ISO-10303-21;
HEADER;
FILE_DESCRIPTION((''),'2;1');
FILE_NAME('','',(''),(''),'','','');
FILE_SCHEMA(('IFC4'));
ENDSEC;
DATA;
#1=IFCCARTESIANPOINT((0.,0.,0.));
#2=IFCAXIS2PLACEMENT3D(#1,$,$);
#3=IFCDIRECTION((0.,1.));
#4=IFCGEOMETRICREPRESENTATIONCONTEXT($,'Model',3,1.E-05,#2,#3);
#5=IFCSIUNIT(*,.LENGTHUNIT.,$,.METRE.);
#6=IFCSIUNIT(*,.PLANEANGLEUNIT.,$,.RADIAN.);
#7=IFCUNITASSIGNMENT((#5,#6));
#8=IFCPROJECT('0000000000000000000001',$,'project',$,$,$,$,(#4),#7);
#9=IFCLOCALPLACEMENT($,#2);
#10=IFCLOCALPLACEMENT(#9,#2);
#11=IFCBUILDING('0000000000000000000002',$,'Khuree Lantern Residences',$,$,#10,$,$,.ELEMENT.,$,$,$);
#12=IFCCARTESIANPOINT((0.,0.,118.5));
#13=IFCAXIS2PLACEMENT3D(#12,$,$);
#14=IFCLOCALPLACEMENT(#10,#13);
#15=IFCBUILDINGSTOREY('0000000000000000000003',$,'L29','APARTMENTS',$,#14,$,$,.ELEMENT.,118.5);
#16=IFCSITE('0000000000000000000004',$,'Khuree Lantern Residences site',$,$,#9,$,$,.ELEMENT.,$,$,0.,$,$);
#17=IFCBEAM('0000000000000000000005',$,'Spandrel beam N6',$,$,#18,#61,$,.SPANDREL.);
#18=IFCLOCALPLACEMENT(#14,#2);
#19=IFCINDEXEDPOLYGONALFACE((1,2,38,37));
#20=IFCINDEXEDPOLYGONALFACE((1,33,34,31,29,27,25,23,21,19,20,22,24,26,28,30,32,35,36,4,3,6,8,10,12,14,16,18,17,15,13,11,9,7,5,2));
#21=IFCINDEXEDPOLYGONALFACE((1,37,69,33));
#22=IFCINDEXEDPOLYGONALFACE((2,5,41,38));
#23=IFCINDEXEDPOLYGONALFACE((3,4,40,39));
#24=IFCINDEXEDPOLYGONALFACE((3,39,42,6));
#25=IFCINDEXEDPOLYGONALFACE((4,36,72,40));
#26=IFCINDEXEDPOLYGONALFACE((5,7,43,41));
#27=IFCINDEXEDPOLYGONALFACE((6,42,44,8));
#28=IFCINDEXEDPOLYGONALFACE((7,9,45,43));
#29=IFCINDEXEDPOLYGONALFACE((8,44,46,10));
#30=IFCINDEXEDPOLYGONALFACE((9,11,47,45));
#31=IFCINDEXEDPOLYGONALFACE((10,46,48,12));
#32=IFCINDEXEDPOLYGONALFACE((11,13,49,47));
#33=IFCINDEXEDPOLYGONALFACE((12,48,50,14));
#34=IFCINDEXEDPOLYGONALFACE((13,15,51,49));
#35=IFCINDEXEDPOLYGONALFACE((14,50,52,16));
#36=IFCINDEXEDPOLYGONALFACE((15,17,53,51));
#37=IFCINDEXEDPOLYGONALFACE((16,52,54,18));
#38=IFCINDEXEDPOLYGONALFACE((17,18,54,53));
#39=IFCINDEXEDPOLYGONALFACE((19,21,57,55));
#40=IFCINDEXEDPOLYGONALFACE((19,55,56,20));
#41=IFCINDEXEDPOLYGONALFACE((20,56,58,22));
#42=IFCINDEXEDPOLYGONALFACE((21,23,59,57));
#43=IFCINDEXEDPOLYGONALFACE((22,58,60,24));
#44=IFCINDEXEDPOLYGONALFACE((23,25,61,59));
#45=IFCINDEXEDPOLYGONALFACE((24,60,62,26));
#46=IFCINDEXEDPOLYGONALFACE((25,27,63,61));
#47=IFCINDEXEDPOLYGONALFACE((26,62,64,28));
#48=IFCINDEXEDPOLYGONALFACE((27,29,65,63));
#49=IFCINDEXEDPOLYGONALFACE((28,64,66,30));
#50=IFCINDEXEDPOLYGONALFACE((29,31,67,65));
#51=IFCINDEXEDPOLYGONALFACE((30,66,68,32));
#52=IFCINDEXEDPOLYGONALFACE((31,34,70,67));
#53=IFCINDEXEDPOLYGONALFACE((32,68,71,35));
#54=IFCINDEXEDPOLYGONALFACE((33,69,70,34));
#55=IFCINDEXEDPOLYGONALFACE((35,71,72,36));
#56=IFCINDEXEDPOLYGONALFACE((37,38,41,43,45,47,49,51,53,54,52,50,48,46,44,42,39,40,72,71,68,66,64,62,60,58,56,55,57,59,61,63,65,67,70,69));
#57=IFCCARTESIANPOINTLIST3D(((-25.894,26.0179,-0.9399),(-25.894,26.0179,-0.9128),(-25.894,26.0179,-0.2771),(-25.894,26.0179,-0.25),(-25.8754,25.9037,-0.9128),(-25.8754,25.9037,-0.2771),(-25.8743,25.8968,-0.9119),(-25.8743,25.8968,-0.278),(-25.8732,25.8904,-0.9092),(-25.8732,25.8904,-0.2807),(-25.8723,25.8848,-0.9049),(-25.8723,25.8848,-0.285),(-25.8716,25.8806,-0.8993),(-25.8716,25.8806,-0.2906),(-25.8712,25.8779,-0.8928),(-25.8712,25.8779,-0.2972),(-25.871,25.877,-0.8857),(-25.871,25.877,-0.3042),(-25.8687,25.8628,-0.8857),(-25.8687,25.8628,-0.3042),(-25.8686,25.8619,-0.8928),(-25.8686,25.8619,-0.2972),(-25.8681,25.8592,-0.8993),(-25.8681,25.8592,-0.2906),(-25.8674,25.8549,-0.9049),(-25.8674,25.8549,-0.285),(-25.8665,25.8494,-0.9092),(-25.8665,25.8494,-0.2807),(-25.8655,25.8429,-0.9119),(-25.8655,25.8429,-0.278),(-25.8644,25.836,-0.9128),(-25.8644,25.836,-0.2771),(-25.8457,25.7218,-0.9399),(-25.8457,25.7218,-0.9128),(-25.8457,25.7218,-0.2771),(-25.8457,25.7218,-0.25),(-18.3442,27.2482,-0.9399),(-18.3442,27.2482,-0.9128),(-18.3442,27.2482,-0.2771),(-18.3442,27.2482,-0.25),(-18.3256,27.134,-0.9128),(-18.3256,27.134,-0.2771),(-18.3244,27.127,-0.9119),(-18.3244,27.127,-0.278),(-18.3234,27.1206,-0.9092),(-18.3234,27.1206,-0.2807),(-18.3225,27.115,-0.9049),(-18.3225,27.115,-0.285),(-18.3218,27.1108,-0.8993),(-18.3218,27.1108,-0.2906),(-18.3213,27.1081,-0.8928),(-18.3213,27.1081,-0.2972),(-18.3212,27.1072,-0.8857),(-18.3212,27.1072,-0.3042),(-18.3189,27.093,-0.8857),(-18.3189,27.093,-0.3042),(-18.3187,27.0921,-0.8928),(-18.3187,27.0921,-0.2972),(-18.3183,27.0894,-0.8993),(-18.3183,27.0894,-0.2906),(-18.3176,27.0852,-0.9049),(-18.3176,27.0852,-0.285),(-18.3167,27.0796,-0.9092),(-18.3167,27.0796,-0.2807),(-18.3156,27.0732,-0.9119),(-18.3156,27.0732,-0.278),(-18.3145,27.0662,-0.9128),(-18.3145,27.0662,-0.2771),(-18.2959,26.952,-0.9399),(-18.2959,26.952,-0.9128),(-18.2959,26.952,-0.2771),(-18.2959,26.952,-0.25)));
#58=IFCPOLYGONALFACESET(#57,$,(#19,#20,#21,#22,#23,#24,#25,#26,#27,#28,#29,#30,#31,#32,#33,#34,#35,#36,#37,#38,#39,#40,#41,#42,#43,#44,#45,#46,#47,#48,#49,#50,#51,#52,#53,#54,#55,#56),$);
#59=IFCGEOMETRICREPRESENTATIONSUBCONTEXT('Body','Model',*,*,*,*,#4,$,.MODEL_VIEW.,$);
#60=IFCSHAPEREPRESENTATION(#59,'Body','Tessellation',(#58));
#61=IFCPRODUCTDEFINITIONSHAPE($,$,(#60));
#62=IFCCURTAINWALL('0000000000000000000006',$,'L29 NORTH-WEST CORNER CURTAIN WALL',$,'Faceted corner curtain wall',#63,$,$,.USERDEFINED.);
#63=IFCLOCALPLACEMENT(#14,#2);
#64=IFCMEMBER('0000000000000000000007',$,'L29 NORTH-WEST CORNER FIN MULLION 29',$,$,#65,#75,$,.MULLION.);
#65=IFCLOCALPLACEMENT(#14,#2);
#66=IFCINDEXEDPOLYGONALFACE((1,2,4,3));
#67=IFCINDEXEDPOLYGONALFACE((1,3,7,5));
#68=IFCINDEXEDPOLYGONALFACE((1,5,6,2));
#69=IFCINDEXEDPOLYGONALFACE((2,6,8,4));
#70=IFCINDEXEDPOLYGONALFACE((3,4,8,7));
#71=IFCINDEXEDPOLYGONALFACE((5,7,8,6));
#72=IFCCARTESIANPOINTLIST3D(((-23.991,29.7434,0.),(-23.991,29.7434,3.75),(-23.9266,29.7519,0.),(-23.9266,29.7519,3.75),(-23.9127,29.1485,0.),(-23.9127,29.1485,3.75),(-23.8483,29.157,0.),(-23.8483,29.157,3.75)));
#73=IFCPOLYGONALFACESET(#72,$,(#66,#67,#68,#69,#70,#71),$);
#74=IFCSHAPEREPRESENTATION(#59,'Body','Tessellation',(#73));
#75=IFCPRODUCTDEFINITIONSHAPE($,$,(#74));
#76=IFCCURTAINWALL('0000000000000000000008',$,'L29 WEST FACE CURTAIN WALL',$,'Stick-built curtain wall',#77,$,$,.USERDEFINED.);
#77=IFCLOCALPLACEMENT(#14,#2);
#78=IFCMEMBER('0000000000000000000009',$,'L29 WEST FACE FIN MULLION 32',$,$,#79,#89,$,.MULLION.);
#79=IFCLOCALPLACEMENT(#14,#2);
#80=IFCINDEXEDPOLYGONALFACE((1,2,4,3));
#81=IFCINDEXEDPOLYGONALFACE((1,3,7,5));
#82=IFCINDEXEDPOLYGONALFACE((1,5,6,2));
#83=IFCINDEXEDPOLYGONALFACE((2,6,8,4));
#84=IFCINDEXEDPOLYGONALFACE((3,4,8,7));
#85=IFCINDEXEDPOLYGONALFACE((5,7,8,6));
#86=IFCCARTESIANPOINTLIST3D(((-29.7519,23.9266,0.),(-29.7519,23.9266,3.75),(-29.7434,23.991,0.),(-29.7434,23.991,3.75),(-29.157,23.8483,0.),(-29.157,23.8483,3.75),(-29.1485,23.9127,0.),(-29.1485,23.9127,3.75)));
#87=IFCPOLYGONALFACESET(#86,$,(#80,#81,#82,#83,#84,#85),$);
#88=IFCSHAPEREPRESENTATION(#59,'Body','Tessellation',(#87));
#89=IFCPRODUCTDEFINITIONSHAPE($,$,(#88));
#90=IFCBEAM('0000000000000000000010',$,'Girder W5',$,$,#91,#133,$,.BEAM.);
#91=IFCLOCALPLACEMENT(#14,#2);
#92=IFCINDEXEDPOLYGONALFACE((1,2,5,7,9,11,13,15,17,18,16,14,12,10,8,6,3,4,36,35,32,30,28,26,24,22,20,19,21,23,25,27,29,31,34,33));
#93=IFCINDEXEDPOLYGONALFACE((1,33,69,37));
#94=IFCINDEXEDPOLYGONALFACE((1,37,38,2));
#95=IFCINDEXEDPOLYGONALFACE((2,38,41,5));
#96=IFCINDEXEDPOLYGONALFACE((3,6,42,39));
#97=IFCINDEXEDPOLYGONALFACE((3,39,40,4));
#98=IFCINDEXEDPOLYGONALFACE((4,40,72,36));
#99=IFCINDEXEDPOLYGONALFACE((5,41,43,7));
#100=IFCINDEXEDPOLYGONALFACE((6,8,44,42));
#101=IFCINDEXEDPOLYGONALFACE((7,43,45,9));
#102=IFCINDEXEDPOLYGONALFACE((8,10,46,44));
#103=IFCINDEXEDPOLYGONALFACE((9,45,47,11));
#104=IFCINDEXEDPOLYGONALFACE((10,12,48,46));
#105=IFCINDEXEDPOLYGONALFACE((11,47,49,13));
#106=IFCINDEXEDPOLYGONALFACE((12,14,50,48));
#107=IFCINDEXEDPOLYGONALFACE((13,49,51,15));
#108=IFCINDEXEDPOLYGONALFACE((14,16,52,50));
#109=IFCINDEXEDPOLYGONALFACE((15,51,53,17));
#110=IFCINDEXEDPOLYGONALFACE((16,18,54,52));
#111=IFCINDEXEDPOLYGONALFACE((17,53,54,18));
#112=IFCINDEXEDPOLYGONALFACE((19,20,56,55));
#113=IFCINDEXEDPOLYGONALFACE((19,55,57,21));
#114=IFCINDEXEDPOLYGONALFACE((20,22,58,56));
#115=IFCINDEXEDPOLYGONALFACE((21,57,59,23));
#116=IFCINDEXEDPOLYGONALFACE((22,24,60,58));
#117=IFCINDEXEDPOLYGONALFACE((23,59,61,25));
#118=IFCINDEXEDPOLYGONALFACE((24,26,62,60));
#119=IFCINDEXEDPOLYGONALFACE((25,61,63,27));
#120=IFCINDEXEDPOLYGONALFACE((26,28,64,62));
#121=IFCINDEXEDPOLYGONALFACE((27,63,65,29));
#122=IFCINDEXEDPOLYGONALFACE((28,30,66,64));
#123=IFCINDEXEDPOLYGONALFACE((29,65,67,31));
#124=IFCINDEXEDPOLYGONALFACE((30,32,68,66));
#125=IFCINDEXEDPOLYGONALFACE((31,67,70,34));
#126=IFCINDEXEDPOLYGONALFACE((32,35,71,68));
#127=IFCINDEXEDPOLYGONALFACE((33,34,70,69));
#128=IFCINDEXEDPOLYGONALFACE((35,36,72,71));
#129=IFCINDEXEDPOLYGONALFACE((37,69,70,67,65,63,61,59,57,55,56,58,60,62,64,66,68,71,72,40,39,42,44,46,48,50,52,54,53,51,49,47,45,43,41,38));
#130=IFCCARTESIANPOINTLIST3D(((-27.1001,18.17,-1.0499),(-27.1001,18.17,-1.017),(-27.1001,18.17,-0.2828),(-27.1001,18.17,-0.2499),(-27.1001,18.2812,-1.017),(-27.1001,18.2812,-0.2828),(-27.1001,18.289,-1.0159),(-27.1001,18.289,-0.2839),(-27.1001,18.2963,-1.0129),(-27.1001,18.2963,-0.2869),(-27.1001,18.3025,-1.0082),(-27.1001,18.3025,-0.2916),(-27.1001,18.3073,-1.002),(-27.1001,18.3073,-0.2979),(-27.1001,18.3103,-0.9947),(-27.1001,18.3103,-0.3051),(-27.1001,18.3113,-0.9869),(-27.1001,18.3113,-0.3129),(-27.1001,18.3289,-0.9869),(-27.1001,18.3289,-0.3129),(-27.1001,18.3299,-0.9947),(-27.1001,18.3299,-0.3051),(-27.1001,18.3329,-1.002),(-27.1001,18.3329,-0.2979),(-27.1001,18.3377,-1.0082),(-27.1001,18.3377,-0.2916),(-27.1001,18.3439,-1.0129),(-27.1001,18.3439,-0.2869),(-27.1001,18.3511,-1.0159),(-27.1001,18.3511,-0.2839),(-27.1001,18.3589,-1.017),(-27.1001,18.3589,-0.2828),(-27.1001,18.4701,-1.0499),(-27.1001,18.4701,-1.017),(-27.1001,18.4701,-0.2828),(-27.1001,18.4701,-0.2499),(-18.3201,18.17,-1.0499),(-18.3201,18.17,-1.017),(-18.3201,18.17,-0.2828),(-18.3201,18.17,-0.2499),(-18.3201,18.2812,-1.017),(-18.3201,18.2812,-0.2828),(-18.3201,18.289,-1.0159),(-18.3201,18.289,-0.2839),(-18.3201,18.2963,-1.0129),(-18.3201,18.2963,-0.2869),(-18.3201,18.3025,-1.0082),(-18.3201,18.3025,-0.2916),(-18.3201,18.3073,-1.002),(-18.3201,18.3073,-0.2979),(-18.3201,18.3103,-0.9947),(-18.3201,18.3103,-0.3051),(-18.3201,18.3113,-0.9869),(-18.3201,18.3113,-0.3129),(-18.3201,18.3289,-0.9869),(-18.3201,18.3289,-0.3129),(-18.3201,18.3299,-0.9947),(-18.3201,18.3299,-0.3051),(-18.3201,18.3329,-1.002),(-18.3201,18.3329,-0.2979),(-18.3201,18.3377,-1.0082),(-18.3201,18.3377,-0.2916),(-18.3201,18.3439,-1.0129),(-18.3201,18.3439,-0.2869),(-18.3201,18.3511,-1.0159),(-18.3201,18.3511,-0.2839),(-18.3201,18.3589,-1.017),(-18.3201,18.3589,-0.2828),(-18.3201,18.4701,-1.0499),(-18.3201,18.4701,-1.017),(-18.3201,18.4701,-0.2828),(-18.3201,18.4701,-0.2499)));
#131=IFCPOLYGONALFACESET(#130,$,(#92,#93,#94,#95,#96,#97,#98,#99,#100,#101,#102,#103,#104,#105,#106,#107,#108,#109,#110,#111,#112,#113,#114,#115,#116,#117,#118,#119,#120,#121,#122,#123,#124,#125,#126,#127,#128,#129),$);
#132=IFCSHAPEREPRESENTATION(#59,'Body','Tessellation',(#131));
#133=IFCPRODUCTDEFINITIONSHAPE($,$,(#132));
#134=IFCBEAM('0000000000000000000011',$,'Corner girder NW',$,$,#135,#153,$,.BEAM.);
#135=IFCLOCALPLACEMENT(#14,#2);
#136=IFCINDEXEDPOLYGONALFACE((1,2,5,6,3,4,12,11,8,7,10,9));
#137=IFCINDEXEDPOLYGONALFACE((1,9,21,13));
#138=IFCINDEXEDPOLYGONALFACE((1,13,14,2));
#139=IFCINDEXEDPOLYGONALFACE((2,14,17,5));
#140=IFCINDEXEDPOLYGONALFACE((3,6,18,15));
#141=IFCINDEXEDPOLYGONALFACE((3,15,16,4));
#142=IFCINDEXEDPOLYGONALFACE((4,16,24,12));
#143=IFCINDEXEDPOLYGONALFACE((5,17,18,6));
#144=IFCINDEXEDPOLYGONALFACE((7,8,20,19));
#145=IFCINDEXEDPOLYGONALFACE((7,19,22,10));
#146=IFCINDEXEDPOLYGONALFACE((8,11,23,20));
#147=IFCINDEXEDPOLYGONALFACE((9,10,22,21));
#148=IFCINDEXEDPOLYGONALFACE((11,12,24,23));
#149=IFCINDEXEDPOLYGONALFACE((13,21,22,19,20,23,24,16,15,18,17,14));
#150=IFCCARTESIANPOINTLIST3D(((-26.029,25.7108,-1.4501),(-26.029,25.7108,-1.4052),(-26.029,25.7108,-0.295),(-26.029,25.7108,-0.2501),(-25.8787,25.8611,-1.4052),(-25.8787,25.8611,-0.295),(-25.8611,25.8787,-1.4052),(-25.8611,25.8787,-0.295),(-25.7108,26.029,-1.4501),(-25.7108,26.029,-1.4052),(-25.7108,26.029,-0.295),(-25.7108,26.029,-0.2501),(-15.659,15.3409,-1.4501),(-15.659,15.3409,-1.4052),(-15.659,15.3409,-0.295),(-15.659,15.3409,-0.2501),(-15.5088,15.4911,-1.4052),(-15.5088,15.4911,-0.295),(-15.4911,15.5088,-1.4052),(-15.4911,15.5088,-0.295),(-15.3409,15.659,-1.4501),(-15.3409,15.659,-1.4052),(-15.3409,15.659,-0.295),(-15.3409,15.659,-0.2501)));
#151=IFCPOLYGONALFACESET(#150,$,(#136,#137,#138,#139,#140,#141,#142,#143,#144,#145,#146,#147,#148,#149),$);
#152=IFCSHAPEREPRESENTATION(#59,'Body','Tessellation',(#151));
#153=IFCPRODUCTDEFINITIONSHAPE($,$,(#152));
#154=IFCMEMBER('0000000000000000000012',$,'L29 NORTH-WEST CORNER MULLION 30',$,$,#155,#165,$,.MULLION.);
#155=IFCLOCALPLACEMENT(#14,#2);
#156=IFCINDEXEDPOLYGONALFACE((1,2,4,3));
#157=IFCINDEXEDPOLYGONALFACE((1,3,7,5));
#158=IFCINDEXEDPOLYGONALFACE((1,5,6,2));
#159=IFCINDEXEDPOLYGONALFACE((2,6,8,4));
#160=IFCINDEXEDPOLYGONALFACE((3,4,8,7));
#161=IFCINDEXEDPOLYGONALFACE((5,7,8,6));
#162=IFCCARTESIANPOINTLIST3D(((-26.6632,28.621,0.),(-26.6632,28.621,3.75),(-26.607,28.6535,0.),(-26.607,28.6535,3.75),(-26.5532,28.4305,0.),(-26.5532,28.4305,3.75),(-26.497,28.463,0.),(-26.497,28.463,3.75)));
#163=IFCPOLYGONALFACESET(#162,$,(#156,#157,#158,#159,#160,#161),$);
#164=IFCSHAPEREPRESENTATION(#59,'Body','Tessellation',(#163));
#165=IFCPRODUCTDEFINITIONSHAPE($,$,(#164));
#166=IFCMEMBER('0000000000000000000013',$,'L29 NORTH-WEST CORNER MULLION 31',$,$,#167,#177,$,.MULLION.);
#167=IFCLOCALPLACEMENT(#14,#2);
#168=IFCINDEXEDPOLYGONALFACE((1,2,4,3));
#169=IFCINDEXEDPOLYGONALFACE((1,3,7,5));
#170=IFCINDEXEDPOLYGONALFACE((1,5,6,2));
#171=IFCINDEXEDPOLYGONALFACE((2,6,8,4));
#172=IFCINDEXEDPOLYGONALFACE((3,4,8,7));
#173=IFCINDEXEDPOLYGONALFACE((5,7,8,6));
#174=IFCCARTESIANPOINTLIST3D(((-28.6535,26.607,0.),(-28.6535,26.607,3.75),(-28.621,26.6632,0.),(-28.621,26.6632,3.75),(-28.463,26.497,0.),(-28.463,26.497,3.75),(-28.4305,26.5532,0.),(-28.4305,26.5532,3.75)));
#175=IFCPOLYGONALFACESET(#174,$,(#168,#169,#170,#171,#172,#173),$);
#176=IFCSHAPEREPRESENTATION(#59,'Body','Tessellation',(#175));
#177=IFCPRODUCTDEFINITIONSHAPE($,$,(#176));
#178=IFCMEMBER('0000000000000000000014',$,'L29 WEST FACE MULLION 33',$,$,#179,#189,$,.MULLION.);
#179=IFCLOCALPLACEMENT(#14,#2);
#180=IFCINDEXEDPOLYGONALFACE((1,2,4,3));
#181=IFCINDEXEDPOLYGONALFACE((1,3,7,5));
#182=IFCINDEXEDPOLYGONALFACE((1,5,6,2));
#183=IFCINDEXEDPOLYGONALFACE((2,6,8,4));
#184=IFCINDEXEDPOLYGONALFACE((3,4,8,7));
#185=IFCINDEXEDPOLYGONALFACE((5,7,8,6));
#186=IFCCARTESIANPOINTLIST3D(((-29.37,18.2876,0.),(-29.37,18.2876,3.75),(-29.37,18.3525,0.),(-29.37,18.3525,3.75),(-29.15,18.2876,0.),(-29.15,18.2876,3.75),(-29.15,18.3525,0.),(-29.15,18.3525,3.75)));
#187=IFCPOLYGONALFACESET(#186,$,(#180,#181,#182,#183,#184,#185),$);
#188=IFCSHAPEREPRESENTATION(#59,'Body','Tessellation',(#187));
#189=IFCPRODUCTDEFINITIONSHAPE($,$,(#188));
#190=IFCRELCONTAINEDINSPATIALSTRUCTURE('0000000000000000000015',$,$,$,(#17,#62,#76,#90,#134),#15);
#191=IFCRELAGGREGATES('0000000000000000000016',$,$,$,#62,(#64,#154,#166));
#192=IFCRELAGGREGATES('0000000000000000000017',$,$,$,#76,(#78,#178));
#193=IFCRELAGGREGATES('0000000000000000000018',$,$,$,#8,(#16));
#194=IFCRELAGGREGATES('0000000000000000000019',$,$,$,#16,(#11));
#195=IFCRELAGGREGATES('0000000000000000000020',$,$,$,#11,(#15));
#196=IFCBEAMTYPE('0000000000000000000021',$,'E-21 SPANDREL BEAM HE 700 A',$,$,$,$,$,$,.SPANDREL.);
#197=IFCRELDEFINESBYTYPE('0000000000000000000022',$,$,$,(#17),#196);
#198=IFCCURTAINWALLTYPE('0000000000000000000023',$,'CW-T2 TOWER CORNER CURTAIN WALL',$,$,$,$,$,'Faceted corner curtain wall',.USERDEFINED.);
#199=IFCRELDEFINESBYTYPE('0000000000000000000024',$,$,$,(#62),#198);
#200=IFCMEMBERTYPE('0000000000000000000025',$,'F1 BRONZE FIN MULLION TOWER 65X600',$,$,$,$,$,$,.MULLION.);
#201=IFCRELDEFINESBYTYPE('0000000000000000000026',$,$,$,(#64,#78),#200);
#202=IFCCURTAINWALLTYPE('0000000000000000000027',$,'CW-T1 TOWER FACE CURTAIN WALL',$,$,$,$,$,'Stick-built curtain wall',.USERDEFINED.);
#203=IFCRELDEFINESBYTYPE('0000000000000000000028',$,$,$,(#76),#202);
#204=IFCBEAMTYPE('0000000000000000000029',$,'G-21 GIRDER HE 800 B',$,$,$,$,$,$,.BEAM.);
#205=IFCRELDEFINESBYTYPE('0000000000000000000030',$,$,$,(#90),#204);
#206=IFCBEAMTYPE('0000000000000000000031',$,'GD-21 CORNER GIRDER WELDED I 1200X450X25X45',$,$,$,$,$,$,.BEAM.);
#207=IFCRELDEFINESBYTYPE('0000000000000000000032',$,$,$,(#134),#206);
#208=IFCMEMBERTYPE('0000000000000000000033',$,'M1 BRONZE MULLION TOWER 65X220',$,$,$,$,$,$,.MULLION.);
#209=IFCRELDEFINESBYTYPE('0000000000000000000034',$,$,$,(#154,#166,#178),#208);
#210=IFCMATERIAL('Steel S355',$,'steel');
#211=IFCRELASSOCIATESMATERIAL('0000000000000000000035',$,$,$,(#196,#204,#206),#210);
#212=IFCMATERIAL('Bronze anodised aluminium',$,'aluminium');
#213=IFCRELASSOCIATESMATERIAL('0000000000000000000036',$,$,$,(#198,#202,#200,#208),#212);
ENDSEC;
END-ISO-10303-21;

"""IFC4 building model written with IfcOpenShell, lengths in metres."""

from ifc_helpers import new_model, si_unit, direction, frame, origin, origin_2d, place, context, subcontext, project, spatial, rectangle, i_section, extrude, material, material_profile, profile_set, type_object, element, aggregate, save


model = new_model("IFC4")

# Units and contexts
model_context = context("Model", 3, precision=1e-05, world=origin(), true_north=direction((0.0, 1.0)))
body_context = subcontext(model_context, "Body", "Model", "MODEL_VIEW")
ifc_project = project(units=[si_unit("LENGTHUNIT", "METRE"), si_unit("PLANEANGLEUNIT", "RADIAN")], contexts=[model_context])

# Site, building, storey
site_placement = place(None, origin())
site = spatial("IfcSite", under=ifc_project, at=site_placement, Name="Khuree Lantern Residences site", CompositionType="ELEMENT", RefElevation=0.0)
building_placement = place(site_placement, origin())
building = spatial("IfcBuilding", under=site, at=building_placement, Name="Khuree Lantern Residences", CompositionType="ELEMENT")
storey_placement = place(building_placement, frame((0.0, 0.0, 118.5)))
storey = spatial("IfcBuildingStorey", under=building, at=storey_placement, Name="L29", Description="APARTMENTS", CompositionType="ELEMENT", Elevation=118.5)

# Beam
ifc_material_1 = material(Name="Steel S355", Category="steel")
ifc_material_profile_1 = material_profile(ifc_material_1, i_section(OverallWidth=0.3, OverallDepth=0.6899, WebThickness=0.0144, FlangeThickness=0.0271, FilletRadius=0.0271, at=origin_2d()), Name="HE 700 A")
ifc_profile_set_1 = profile_set([ifc_material_profile_1], Name="Steel S355")
beam_type_1 = type_object("IfcBeamType", Name="E-21 SPANDREL BEAM HE 700 A", PredefinedType="SPANDREL", material=ifc_profile_set_1)
for number, where, z_axis, x_axis, name in (
    (1, (-25.8699, 25.8699, -0.595), (0.986983, 0.160827, 0.0), (-0.160827, 0.986983, 0.0), "Spandrel beam N6"),
):
    element("IfcBeam", number, at=place(storey_placement, frame(where, z_axis=z_axis, x_axis=x_axis)), inside=storey, type_object=beam_type_1, Name=name, PredefinedType="SPANDREL", context=body_context, shape_type="SweptSolid", body=[
        extrude(i_section(OverallWidth=0.3, OverallDepth=0.6899, WebThickness=0.0144, FlangeThickness=0.0271, FilletRadius=0.0271, at=origin_2d()), origin(), (0.0, 0.0, 1.0), 7.6494),
    ])

# Curtain walls, members
ifc_material_2 = material(Name="Bronze anodised aluminium", Category="aluminium")
curtain_wall_type_1 = type_object("IfcCurtainWallType", Name="CW-T2 TOWER CORNER CURTAIN WALL", ElementType="Faceted corner curtain wall", PredefinedType="USERDEFINED", material=ifc_material_2)
curtain_wall_1_placement = place(storey_placement, origin())
curtain_wall_1 = element("IfcCurtainWall", 2, at=curtain_wall_1_placement, inside=storey, type_object=curtain_wall_type_1, Name="L29 NORTH-WEST CORNER CURTAIN WALL", ObjectType="Faceted corner curtain wall", PredefinedType="USERDEFINED")
ifc_material_profile_2 = material_profile(ifc_material_2, rectangle(XDim=0.0649, YDim=0.6001, at=origin_2d()), Name="F1 65X600")
ifc_profile_set_2 = profile_set([ifc_material_profile_2], Name="Bronze anodised aluminium")
member_type_1 = type_object("IfcMemberType", Name="F1 BRONZE FIN MULLION TOWER 65X600", PredefinedType="MULLION", material=ifc_profile_set_2)
member_1_placement = place(storey_placement, frame((-23.9197, 29.4502, 0.0), z_axis=(0.0, 0.0, 1.0), x_axis=(-0.991445, -0.130526, 0.0)))
member_1 = element("IfcMember", 3, at=member_1_placement, type_object=member_type_1, Name="L29 NORTH-WEST CORNER FIN MULLION 29", PredefinedType="MULLION", context=body_context, shape_type="SweptSolid", body=[
    extrude(rectangle(XDim=0.0649, YDim=0.6001, at=origin_2d()), origin(), (0.0, 0.0, 1.0), 3.75),
])
curtain_wall_type_2 = type_object("IfcCurtainWallType", Name="CW-T1 TOWER FACE CURTAIN WALL", ElementType="Stick-built curtain wall", PredefinedType="USERDEFINED", material=ifc_material_2)
curtain_wall_2_placement = place(storey_placement, origin())
curtain_wall_2 = element("IfcCurtainWall", 4, at=curtain_wall_2_placement, inside=storey, type_object=curtain_wall_type_2, Name="L29 WEST FACE CURTAIN WALL", ObjectType="Stick-built curtain wall", PredefinedType="USERDEFINED")
member_2_placement = place(storey_placement, frame((-29.4502, 23.9197, 0.0), z_axis=(0.0, 0.0, 1.0), x_axis=(-0.130526, -0.991445, 0.0)))
member_2 = element("IfcMember", 5, at=member_2_placement, type_object=member_type_1, Name="L29 WEST FACE FIN MULLION 32", PredefinedType="MULLION", context=body_context, shape_type="SweptSolid", body=[
    extrude(rectangle(XDim=0.0649, YDim=0.6001, at=origin_2d()), origin(), (0.0, 0.0, 1.0), 3.75),
])

# Beams
ifc_material_profile_3 = material_profile(ifc_material_1, i_section(OverallWidth=0.3, OverallDepth=0.8, WebThickness=0.0176, FlangeThickness=0.033, FilletRadius=0.03, at=origin_2d()), Name="HE 800 B")
ifc_profile_set_3 = profile_set([ifc_material_profile_3], Name="Steel S355")
beam_type_2 = type_object("IfcBeamType", Name="G-21 GIRDER HE 800 B", PredefinedType="BEAM", material=ifc_profile_set_3)
beam_1_placement = place(storey_placement, frame((-27.1001, 18.3201, -0.6499), z_axis=(1.0, 0.0, 0.0), x_axis=(0.0, 1.0, 0.0)))
element("IfcBeam", 6, at=beam_1_placement, inside=storey, type_object=beam_type_2, Name="Girder W5", PredefinedType="BEAM", context=body_context, shape_type="SweptSolid", body=[
    extrude(i_section(OverallWidth=0.3, OverallDepth=0.8, WebThickness=0.0176, FlangeThickness=0.033, FilletRadius=0.03, at=origin_2d()), origin(), (0.0, 0.0, 1.0), 8.78),
])
ifc_material_profile_4 = material_profile(ifc_material_1, i_section(OverallWidth=0.45, OverallDepth=1.2, WebThickness=0.0249, FlangeThickness=0.0449, at=origin_2d()), Name="WELDED I 1200X450X25X45")
ifc_profile_set_4 = profile_set([ifc_material_profile_4], Name="Steel S355")
beam_type_3 = type_object("IfcBeamType", Name="GD-21 CORNER GIRDER WELDED I 1200X450X25X45", PredefinedType="BEAM", material=ifc_profile_set_4)
beam_2_placement = place(storey_placement, frame((-25.8699, 25.8699, -0.8501), z_axis=(0.707107, -0.707107, 0.0), x_axis=(0.707107, 0.707107, 0.0)))
element("IfcBeam", 7, at=beam_2_placement, inside=storey, type_object=beam_type_3, Name="Corner girder NW", PredefinedType="BEAM", context=body_context, shape_type="SweptSolid", body=[
    extrude(i_section(OverallWidth=0.45, OverallDepth=1.2, WebThickness=0.0249, FlangeThickness=0.0449, at=origin_2d()), origin(), (0.0, 0.0, 1.0), 14.6653),
])

# Members
ifc_material_profile_5 = material_profile(ifc_material_2, rectangle(XDim=0.0649, YDim=0.22, at=origin_2d()), Name="M1 65X220")
ifc_profile_set_5 = profile_set([ifc_material_profile_5], Name="Bronze anodised aluminium")
member_type_2 = type_object("IfcMemberType", Name="M1 BRONZE MULLION TOWER 65X220", PredefinedType="MULLION", material=ifc_profile_set_5)
member_3_placement = place(storey_placement, frame((-26.5801, 28.542, 0.0), z_axis=(0.0, 0.0, 1.0), x_axis=(-0.866025, -0.5, 0.0)))
member_3 = element("IfcMember", 8, at=member_3_placement, type_object=member_type_2, Name="L29 NORTH-WEST CORNER MULLION 30", PredefinedType="MULLION", context=body_context, shape_type="SweptSolid", body=[
    extrude(rectangle(XDim=0.0649, YDim=0.22, at=origin_2d()), origin(), (0.0, 0.0, 1.0), 3.75),
])
member_4_placement = place(storey_placement, frame((-28.542, 26.5801, 0.0), z_axis=(0.0, 0.0, 1.0), x_axis=(-0.5, -0.866025, 0.0)))
member_4 = element("IfcMember", 9, at=member_4_placement, type_object=member_type_2, Name="L29 NORTH-WEST CORNER MULLION 31", PredefinedType="MULLION", context=body_context, shape_type="SweptSolid", body=[
    extrude(rectangle(XDim=0.0649, YDim=0.22, at=origin_2d()), origin(), (0.0, 0.0, 1.0), 3.75),
])
member_5_placement = place(storey_placement, frame((-29.26, 18.3201, 0.0), z_axis=(0.0, 0.0, 1.0), x_axis=(0.0, -1.0, 0.0)))
member_5 = element("IfcMember", 10, at=member_5_placement, type_object=member_type_2, Name="L29 WEST FACE MULLION 33", PredefinedType="MULLION", context=body_context, shape_type="SweptSolid", body=[
    extrude(rectangle(XDim=0.0649, YDim=0.22, at=origin_2d()), origin(), (0.0, 0.0, 1.0), 3.75),
])

aggregate(curtain_wall_1, [member_1, member_3, member_4])

aggregate(curtain_wall_2, [member_2, member_5])

save(model, "model.ifc")
